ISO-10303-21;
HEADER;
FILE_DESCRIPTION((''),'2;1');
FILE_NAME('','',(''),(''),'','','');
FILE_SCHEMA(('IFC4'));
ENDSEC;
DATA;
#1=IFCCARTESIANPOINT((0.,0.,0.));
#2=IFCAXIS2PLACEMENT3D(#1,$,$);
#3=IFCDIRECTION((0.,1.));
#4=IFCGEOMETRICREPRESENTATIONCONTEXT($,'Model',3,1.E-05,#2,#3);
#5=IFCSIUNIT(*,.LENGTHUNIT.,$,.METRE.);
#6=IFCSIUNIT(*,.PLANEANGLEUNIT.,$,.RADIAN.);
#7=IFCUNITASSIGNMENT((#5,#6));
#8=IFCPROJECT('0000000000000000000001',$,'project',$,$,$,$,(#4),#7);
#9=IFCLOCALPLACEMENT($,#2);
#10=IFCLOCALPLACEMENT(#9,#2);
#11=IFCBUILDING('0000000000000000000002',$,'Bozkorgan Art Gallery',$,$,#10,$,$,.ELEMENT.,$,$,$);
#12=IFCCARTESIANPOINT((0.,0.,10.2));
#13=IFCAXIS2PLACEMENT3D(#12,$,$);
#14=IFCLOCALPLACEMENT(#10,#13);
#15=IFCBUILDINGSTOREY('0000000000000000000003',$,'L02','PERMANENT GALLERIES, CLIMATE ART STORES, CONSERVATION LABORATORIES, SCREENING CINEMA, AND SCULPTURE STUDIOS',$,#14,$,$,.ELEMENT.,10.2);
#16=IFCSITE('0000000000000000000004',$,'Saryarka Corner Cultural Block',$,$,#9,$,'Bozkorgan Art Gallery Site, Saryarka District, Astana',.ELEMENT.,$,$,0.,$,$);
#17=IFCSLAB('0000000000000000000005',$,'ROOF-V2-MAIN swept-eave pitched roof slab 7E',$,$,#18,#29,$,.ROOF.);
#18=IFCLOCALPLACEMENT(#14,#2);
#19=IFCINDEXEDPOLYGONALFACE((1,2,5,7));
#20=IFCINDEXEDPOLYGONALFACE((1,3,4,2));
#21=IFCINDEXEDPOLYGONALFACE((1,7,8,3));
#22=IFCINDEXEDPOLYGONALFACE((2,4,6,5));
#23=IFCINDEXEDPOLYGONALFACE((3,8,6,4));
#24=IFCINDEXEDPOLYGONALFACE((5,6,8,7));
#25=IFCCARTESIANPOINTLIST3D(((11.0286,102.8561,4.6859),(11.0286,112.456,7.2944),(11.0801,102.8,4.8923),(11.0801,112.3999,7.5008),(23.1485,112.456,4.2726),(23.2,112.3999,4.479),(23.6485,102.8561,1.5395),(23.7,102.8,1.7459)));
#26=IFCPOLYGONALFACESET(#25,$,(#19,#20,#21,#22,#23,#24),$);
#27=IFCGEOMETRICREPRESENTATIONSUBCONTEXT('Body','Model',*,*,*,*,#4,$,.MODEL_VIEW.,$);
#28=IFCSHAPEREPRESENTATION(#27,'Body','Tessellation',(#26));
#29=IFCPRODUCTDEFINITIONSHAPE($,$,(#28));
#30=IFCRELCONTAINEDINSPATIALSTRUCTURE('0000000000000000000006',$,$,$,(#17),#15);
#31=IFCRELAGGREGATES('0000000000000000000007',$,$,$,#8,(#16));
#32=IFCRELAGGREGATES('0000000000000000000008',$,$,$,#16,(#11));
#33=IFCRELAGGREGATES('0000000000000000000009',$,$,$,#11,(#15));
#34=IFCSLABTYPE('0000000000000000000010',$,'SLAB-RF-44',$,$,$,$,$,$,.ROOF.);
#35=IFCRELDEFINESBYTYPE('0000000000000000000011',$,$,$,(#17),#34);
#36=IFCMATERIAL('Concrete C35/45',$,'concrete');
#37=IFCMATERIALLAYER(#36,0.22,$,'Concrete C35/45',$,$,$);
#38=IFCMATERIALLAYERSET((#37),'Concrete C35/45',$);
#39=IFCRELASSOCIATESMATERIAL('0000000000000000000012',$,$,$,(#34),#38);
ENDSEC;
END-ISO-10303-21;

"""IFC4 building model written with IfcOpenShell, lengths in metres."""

from ifc_helpers import new_model, si_unit, direction, frame, origin, place, context, subcontext, project, spatial, polyline, outline, extrude, material, layer, layer_set, type_object, element, save


model = new_model("IFC4")

# Units and contexts
model_context = context("Model", 3, precision=1e-05, world=origin(), true_north=direction((0.0, 1.0)))
body_context = subcontext(model_context, "Body", "Model", "MODEL_VIEW")
ifc_project = project(units=[si_unit("LENGTHUNIT", "METRE"), si_unit("PLANEANGLEUNIT", "RADIAN")], contexts=[model_context])

# Site, building, storey
site_placement = place(None, origin())
site = spatial("IfcSite", under=ifc_project, at=site_placement, Name="Saryarka Corner Cultural Block", LongName="Bozkorgan Art Gallery Site, Saryarka District, Astana", CompositionType="ELEMENT", RefElevation=0.0)
building_placement = place(site_placement, origin())
building = spatial("IfcBuilding", under=site, at=building_placement, Name="Bozkorgan Art Gallery", CompositionType="ELEMENT")
storey_placement = place(building_placement, frame((0.0, 0.0, 10.2)))
storey = spatial("IfcBuildingStorey", under=building, at=storey_placement, Name="L02", Description="PERMANENT GALLERIES, CLIMATE ART STORES, CONSERVATION LABORATORIES, SCREENING CINEMA, AND SCULPTURE STUDIOS", CompositionType="ELEMENT", Elevation=10.2)

# Slab
ifc_material_1 = material(Name="Concrete C35/45", Category="concrete")
ifc_layer_1 = layer(ifc_material_1, 0.22, Name="Concrete C35/45")
ifc_layer_set_1 = layer_set([ifc_layer_1], Name="Concrete C35/45")
slab_type = type_object("IfcSlabType", Name="SLAB-RF-44", PredefinedType="ROOF", material=ifc_layer_set_1)
slab_placement = place(storey_placement, frame((11.0801, 102.8, 4.8923), z_axis=(0.233925, -0.254935, 0.938236), x_axis=(0.970297, -0.000001, -0.241918)))
element("IfcSlab", 1, at=slab_placement, inside=storey, type_object=slab_type, Name="ROOF-V2-MAIN swept-eave pitched roof slab 7E", PredefinedType="ROOF", context=body_context, shape_type="SweptSolid", body=[
    extrude(outline(polyline([(0.0, 0.0), (13.0062, 0.0), (11.8599, 9.9279), (-0.631, 9.9279), (0.0, 0.0)])), origin(), (0.0, 0.0, -1.0), 0.22),
])

save(model, "model.ifc")
